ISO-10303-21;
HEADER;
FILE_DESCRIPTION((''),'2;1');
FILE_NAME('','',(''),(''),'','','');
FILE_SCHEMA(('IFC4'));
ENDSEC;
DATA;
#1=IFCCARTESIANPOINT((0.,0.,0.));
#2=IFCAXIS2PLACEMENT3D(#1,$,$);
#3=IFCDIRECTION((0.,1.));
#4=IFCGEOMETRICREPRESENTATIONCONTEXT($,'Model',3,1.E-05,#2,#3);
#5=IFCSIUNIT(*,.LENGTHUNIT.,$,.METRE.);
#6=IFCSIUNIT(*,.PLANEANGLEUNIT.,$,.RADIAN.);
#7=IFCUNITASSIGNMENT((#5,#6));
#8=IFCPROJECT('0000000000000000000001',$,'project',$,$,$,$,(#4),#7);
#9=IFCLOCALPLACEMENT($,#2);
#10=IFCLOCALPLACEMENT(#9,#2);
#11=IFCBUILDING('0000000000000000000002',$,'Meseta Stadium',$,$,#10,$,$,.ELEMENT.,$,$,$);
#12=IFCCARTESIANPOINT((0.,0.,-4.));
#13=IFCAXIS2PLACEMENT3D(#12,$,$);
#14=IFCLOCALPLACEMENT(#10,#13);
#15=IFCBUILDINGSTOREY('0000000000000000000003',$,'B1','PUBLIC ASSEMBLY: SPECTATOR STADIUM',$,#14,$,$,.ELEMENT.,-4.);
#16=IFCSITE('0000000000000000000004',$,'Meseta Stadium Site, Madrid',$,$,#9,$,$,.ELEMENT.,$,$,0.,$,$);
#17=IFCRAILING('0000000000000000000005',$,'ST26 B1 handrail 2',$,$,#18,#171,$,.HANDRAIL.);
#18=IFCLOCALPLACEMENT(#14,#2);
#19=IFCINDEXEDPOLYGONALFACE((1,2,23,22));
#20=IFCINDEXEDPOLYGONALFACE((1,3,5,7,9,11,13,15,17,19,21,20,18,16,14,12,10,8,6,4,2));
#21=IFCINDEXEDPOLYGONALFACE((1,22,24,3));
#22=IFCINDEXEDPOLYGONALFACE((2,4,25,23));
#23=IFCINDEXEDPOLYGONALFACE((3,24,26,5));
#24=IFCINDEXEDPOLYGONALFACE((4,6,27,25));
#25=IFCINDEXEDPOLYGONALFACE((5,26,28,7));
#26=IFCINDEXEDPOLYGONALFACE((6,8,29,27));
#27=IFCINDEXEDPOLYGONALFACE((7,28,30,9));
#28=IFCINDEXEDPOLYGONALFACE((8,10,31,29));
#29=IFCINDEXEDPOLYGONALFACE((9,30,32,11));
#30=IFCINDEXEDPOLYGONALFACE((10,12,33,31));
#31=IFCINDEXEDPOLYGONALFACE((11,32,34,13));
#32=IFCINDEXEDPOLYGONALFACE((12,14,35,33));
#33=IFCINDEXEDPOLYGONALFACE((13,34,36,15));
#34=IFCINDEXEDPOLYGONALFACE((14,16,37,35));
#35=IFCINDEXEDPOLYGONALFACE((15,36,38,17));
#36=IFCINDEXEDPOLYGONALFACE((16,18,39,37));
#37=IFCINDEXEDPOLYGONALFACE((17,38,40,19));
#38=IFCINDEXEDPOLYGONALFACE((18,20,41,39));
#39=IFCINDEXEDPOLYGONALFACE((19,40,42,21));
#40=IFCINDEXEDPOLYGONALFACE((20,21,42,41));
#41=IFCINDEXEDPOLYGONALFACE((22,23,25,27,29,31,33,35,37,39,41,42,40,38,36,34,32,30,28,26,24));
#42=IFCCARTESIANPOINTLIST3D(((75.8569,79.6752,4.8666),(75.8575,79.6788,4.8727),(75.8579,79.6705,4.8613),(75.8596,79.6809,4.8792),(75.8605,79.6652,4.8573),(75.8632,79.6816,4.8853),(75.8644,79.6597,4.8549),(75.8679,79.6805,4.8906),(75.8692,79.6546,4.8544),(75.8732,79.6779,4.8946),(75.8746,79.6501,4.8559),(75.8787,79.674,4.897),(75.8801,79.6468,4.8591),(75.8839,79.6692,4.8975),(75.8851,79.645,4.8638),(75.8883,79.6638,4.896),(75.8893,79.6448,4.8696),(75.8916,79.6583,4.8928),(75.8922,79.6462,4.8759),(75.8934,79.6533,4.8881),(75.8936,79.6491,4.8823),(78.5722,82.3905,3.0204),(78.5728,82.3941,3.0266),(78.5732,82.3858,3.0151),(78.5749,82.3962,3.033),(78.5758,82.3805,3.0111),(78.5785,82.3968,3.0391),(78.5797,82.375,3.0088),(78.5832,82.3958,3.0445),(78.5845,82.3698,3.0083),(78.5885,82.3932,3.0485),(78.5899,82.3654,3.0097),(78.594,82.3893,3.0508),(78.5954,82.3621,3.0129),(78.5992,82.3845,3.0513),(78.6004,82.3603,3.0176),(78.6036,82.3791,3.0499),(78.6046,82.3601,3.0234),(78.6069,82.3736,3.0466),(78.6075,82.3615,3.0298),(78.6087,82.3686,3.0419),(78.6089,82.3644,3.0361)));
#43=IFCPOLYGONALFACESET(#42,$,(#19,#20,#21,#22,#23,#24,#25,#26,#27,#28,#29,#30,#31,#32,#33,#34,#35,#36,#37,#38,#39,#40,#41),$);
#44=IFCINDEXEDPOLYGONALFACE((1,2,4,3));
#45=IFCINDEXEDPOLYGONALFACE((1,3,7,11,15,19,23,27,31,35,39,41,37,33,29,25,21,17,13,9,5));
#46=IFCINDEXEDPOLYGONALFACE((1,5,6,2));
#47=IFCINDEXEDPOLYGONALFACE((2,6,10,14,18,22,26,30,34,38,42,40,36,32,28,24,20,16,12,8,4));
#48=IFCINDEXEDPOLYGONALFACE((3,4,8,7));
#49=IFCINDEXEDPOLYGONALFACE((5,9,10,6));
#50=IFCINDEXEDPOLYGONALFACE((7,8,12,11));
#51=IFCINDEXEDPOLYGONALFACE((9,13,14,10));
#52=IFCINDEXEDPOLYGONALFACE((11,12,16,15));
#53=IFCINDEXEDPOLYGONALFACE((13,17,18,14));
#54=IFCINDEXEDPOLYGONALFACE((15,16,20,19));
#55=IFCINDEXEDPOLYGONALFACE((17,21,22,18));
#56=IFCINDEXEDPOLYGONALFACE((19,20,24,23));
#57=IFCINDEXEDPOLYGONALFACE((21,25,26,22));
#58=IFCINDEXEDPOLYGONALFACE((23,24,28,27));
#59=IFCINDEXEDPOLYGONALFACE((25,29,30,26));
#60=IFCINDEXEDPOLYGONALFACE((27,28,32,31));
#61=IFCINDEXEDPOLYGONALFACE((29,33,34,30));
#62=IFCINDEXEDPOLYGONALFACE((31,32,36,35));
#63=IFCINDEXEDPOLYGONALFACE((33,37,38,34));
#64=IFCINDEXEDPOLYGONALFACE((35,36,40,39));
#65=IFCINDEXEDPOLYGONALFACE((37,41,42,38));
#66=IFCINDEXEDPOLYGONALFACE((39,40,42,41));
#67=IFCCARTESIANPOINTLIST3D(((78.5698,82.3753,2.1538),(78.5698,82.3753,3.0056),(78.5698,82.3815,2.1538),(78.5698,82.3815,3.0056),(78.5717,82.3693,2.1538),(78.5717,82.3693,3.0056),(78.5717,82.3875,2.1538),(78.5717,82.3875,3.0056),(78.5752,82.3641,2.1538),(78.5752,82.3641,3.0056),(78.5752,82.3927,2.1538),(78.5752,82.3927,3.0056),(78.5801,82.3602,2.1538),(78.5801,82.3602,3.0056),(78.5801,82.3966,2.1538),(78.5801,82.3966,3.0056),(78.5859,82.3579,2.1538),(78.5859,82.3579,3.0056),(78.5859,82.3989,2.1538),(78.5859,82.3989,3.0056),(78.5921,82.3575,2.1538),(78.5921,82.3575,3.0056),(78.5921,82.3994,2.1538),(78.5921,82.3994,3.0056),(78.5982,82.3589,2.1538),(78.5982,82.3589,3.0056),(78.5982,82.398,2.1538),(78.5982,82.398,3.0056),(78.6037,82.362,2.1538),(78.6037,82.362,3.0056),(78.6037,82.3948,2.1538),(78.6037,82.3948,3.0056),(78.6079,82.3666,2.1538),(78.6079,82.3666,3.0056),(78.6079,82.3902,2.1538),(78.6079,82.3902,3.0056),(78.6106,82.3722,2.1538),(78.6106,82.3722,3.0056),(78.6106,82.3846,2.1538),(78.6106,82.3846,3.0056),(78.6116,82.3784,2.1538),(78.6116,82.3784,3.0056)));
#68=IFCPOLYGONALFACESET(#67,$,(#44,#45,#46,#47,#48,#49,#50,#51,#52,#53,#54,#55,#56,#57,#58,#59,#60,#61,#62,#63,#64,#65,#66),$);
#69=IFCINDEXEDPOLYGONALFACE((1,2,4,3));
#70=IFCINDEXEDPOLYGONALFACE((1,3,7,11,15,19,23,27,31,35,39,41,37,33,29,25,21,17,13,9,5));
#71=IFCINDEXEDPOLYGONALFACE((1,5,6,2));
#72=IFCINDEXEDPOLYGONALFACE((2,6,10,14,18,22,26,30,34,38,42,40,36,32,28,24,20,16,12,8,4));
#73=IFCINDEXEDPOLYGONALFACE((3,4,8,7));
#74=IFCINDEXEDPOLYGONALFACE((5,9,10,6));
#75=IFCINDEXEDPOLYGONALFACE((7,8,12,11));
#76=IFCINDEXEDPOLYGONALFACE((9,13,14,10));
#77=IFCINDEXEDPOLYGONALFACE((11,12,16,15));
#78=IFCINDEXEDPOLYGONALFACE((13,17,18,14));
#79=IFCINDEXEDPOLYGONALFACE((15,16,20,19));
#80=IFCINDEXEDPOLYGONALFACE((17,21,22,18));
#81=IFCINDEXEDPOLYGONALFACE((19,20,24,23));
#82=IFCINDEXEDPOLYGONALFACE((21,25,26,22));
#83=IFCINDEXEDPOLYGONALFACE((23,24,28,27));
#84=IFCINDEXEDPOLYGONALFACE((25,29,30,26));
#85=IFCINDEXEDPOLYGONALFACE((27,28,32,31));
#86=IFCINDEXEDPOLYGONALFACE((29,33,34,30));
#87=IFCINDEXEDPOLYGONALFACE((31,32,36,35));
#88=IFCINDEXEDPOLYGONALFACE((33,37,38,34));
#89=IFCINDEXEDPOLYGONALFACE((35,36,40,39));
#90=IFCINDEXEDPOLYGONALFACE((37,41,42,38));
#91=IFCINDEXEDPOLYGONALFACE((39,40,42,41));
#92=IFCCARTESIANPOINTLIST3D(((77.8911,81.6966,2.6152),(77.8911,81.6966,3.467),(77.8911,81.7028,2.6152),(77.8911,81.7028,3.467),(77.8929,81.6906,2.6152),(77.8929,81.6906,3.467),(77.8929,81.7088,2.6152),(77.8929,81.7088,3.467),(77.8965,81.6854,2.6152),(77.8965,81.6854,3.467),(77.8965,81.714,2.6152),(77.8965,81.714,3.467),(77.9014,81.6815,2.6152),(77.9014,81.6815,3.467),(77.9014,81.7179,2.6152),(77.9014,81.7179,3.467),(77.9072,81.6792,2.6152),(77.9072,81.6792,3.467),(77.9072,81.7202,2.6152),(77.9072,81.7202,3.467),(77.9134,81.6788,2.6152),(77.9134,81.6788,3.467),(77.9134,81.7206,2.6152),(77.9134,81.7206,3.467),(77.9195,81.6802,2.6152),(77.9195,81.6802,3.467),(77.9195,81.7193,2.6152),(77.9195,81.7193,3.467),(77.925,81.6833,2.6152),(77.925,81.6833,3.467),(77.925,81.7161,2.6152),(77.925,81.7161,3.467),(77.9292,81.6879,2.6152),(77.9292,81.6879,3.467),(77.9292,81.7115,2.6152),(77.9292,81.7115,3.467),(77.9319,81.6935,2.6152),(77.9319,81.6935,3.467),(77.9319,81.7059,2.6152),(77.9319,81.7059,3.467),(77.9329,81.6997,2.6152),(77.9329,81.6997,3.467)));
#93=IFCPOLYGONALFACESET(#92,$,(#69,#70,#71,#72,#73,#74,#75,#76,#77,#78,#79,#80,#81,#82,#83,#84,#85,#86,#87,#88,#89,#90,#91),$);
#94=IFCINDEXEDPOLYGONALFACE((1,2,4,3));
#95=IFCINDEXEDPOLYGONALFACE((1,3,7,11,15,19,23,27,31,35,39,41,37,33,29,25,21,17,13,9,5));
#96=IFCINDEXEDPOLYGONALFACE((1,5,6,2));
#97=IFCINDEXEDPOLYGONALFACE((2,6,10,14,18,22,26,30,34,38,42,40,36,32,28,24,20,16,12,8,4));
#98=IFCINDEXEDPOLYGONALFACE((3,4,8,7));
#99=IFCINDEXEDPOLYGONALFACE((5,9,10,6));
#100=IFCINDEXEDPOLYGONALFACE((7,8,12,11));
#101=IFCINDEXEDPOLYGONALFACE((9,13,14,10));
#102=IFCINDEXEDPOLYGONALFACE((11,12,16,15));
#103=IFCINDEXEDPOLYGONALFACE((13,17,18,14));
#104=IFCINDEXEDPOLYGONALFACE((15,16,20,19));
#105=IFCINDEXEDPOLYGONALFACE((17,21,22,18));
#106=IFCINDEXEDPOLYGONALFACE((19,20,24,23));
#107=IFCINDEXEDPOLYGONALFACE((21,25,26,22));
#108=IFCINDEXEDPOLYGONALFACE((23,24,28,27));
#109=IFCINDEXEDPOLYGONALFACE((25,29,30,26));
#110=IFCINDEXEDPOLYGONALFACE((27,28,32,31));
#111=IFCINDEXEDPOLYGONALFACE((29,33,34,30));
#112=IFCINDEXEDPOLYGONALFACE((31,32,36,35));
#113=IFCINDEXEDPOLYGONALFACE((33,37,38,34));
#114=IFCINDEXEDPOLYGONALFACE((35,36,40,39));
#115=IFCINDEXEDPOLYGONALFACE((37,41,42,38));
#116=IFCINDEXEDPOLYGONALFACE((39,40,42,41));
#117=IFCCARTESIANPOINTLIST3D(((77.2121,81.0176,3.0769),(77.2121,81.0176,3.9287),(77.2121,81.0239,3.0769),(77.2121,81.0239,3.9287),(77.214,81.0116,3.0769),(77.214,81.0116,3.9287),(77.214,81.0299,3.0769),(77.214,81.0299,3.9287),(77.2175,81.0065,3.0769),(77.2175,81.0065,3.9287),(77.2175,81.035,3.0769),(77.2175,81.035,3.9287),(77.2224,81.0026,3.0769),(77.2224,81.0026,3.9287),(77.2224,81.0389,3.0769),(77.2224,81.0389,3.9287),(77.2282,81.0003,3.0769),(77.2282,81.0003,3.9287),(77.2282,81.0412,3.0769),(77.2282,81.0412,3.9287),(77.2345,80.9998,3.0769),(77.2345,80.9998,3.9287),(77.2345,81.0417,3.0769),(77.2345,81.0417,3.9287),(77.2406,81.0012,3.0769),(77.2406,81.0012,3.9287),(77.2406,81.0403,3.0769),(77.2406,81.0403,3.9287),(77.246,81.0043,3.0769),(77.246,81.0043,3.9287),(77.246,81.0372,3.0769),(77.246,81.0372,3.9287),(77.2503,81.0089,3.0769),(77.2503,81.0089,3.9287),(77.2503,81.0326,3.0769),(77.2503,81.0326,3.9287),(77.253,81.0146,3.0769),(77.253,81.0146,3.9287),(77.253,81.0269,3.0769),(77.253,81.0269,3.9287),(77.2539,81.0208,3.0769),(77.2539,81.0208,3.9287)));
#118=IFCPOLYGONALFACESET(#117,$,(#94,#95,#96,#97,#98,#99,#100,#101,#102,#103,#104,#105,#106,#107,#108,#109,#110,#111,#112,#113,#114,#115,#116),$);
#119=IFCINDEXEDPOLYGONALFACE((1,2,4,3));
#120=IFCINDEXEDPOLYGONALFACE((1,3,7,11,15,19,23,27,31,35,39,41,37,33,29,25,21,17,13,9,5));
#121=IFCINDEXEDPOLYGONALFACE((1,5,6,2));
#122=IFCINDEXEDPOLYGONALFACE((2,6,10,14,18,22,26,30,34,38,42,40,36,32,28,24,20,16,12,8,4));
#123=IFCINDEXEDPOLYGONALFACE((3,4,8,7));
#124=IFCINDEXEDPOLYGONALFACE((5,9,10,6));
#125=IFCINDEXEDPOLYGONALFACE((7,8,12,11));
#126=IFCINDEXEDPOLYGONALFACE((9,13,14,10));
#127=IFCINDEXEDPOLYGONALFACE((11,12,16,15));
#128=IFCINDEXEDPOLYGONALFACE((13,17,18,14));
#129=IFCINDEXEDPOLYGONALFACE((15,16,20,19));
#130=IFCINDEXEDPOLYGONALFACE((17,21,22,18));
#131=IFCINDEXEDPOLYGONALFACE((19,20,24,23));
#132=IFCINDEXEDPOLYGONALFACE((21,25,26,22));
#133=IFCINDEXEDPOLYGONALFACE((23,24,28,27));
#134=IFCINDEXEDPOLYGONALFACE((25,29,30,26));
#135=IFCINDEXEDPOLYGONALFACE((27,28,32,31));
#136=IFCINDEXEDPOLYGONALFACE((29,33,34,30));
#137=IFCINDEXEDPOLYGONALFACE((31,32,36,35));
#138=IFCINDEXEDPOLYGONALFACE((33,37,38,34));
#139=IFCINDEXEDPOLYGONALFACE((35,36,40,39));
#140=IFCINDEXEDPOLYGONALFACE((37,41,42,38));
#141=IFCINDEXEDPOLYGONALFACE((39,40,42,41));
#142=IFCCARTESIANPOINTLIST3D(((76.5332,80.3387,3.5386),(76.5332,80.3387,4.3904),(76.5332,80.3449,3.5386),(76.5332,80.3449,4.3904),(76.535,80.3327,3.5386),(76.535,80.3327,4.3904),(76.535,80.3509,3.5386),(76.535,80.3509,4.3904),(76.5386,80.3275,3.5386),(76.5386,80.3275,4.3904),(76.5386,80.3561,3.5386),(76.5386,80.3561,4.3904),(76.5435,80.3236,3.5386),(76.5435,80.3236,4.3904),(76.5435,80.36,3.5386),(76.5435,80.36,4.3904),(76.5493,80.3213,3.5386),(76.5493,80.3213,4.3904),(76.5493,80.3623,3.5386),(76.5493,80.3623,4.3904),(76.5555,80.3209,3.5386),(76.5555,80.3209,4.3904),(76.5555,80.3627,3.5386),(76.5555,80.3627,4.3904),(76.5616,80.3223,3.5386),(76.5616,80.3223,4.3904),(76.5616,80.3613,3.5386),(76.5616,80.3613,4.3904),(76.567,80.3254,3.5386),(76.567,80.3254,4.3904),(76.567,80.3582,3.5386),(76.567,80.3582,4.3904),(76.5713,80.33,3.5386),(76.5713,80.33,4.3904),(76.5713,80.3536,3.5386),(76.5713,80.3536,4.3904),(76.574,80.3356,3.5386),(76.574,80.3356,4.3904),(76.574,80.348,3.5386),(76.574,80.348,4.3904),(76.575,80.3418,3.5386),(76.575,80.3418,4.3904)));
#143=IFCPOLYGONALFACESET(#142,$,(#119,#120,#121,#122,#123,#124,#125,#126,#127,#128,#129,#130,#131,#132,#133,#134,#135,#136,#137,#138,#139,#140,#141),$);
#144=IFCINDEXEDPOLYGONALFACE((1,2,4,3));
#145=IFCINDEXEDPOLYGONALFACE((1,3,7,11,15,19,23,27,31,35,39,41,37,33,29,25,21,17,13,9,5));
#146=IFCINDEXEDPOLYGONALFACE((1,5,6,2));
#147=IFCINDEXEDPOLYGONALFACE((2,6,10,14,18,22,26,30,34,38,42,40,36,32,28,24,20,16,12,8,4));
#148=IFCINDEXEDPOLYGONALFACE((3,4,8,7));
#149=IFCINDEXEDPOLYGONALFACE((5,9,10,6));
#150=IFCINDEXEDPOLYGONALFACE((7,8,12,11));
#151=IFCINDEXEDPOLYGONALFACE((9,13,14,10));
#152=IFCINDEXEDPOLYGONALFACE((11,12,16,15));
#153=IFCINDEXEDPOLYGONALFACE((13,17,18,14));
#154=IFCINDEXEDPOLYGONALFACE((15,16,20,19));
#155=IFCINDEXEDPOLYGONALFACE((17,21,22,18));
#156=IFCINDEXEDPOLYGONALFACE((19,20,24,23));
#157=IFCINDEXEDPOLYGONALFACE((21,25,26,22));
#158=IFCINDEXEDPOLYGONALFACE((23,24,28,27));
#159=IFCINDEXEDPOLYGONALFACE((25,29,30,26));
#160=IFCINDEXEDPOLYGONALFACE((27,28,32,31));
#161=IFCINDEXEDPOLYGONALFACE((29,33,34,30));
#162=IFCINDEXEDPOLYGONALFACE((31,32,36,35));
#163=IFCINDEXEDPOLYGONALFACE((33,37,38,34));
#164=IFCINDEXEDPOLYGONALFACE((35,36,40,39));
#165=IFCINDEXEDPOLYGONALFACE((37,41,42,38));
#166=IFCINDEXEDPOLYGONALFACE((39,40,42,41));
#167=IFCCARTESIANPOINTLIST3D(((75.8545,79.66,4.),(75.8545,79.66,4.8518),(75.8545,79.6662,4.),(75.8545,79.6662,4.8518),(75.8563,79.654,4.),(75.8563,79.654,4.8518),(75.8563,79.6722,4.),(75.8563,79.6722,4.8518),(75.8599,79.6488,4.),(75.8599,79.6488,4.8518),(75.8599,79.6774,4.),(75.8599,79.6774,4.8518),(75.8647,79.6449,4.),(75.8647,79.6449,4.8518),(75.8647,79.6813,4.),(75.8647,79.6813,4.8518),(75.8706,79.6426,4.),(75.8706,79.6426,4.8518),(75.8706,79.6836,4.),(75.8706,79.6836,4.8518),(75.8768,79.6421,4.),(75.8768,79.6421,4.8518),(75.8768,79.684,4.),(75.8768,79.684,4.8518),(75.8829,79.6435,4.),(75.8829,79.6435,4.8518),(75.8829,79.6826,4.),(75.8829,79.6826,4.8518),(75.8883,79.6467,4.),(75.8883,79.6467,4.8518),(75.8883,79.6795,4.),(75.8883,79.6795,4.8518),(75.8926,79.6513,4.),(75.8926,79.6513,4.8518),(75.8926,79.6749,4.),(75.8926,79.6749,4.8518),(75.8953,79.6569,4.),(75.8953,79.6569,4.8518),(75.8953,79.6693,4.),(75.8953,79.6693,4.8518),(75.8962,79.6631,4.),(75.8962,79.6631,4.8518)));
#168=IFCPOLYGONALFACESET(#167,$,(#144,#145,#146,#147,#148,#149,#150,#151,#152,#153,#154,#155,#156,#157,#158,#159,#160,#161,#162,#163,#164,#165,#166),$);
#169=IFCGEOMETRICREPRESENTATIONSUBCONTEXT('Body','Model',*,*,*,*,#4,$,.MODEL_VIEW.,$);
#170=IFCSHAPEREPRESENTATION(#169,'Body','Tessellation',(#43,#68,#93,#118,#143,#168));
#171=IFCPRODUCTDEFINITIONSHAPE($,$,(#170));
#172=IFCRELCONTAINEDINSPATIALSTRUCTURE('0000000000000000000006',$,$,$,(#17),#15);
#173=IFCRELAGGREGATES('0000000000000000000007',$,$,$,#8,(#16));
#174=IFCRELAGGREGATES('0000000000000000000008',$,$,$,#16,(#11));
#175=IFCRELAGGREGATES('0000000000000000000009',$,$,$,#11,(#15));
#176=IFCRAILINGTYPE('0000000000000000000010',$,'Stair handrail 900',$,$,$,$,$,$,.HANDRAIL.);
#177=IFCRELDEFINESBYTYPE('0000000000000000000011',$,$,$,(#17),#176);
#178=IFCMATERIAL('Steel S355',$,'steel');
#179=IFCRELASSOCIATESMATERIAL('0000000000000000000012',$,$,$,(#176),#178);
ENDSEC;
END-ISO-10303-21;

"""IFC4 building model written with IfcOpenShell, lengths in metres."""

from ifc_helpers import new_model, si_unit, direction, frame, origin, origin_2d, place, context, subcontext, project, spatial, circle, extrude, material, type_object, element, save


model = new_model("IFC4")

# Units and contexts
model_context = context("Model", 3, precision=1e-05, world=origin(), true_north=direction((0.0, 1.0)))
body_context = subcontext(model_context, "Body", "Model", "MODEL_VIEW")
ifc_project = project(units=[si_unit("LENGTHUNIT", "METRE"), si_unit("PLANEANGLEUNIT", "RADIAN")], contexts=[model_context])

# Site, building, storey
site_placement = place(None, origin())
site = spatial("IfcSite", under=ifc_project, at=site_placement, Name="Meseta Stadium Site, Madrid", CompositionType="ELEMENT", RefElevation=0.0)
building_placement = place(site_placement, origin())
building = spatial("IfcBuilding", under=site, at=building_placement, Name="Meseta Stadium", CompositionType="ELEMENT")
storey_placement = place(building_placement, frame((0.0, 0.0, -4.0)))
storey = spatial("IfcBuildingStorey", under=building, at=storey_placement, Name="B1", Description="PUBLIC ASSEMBLY: SPECTATOR STADIUM", CompositionType="ELEMENT", Elevation=-4.0)

# Railing
ifc_material_1 = material(Name="Steel S355", Category="steel")
railing_type_1 = type_object("IfcRailingType", Name="Stair handrail 900", PredefinedType="HANDRAIL", material=ifc_material_1)
railing_1_placement = place(storey_placement, frame((78.5906, 82.3784, 2.1538)))
element("IfcRailing", 1, at=railing_1_placement, inside=storey, type_object=railing_type_1, Name="ST26 B1 handrail 2", PredefinedType="HANDRAIL", context=body_context, shape_type="SweptSolid", body=[
    extrude(circle(Radius=0.0239, at=origin_2d()), frame((0.0, 0.0, 0.876), z_axis=(-0.637281, -0.637281, 0.433296), x_axis=(0.707107, -0.707107, 0.0)), (0.0, 0.0, 1.0), 4.2607),
    extrude(circle(Radius=0.021, at=origin_2d()), origin(), (0.0, 0.0, 1.0), 0.8518),
    extrude(circle(Radius=0.021, at=origin_2d()), frame((-0.6787, -0.6787, 0.4614)), (0.0, 0.0, 1.0), 0.8518),
    extrude(circle(Radius=0.021, at=origin_2d()), frame((-1.3577, -1.3577, 0.9231)), (0.0, 0.0, 1.0), 0.8518),
    extrude(circle(Radius=0.021, at=origin_2d()), frame((-2.0366, -2.0366, 1.3848)), (0.0, 0.0, 1.0), 0.8518),
    extrude(circle(Radius=0.021, at=origin_2d()), frame((-2.7153, -2.7153, 1.8462)), (0.0, 0.0, 1.0), 0.8518),
])

save(model, "model.ifc")
